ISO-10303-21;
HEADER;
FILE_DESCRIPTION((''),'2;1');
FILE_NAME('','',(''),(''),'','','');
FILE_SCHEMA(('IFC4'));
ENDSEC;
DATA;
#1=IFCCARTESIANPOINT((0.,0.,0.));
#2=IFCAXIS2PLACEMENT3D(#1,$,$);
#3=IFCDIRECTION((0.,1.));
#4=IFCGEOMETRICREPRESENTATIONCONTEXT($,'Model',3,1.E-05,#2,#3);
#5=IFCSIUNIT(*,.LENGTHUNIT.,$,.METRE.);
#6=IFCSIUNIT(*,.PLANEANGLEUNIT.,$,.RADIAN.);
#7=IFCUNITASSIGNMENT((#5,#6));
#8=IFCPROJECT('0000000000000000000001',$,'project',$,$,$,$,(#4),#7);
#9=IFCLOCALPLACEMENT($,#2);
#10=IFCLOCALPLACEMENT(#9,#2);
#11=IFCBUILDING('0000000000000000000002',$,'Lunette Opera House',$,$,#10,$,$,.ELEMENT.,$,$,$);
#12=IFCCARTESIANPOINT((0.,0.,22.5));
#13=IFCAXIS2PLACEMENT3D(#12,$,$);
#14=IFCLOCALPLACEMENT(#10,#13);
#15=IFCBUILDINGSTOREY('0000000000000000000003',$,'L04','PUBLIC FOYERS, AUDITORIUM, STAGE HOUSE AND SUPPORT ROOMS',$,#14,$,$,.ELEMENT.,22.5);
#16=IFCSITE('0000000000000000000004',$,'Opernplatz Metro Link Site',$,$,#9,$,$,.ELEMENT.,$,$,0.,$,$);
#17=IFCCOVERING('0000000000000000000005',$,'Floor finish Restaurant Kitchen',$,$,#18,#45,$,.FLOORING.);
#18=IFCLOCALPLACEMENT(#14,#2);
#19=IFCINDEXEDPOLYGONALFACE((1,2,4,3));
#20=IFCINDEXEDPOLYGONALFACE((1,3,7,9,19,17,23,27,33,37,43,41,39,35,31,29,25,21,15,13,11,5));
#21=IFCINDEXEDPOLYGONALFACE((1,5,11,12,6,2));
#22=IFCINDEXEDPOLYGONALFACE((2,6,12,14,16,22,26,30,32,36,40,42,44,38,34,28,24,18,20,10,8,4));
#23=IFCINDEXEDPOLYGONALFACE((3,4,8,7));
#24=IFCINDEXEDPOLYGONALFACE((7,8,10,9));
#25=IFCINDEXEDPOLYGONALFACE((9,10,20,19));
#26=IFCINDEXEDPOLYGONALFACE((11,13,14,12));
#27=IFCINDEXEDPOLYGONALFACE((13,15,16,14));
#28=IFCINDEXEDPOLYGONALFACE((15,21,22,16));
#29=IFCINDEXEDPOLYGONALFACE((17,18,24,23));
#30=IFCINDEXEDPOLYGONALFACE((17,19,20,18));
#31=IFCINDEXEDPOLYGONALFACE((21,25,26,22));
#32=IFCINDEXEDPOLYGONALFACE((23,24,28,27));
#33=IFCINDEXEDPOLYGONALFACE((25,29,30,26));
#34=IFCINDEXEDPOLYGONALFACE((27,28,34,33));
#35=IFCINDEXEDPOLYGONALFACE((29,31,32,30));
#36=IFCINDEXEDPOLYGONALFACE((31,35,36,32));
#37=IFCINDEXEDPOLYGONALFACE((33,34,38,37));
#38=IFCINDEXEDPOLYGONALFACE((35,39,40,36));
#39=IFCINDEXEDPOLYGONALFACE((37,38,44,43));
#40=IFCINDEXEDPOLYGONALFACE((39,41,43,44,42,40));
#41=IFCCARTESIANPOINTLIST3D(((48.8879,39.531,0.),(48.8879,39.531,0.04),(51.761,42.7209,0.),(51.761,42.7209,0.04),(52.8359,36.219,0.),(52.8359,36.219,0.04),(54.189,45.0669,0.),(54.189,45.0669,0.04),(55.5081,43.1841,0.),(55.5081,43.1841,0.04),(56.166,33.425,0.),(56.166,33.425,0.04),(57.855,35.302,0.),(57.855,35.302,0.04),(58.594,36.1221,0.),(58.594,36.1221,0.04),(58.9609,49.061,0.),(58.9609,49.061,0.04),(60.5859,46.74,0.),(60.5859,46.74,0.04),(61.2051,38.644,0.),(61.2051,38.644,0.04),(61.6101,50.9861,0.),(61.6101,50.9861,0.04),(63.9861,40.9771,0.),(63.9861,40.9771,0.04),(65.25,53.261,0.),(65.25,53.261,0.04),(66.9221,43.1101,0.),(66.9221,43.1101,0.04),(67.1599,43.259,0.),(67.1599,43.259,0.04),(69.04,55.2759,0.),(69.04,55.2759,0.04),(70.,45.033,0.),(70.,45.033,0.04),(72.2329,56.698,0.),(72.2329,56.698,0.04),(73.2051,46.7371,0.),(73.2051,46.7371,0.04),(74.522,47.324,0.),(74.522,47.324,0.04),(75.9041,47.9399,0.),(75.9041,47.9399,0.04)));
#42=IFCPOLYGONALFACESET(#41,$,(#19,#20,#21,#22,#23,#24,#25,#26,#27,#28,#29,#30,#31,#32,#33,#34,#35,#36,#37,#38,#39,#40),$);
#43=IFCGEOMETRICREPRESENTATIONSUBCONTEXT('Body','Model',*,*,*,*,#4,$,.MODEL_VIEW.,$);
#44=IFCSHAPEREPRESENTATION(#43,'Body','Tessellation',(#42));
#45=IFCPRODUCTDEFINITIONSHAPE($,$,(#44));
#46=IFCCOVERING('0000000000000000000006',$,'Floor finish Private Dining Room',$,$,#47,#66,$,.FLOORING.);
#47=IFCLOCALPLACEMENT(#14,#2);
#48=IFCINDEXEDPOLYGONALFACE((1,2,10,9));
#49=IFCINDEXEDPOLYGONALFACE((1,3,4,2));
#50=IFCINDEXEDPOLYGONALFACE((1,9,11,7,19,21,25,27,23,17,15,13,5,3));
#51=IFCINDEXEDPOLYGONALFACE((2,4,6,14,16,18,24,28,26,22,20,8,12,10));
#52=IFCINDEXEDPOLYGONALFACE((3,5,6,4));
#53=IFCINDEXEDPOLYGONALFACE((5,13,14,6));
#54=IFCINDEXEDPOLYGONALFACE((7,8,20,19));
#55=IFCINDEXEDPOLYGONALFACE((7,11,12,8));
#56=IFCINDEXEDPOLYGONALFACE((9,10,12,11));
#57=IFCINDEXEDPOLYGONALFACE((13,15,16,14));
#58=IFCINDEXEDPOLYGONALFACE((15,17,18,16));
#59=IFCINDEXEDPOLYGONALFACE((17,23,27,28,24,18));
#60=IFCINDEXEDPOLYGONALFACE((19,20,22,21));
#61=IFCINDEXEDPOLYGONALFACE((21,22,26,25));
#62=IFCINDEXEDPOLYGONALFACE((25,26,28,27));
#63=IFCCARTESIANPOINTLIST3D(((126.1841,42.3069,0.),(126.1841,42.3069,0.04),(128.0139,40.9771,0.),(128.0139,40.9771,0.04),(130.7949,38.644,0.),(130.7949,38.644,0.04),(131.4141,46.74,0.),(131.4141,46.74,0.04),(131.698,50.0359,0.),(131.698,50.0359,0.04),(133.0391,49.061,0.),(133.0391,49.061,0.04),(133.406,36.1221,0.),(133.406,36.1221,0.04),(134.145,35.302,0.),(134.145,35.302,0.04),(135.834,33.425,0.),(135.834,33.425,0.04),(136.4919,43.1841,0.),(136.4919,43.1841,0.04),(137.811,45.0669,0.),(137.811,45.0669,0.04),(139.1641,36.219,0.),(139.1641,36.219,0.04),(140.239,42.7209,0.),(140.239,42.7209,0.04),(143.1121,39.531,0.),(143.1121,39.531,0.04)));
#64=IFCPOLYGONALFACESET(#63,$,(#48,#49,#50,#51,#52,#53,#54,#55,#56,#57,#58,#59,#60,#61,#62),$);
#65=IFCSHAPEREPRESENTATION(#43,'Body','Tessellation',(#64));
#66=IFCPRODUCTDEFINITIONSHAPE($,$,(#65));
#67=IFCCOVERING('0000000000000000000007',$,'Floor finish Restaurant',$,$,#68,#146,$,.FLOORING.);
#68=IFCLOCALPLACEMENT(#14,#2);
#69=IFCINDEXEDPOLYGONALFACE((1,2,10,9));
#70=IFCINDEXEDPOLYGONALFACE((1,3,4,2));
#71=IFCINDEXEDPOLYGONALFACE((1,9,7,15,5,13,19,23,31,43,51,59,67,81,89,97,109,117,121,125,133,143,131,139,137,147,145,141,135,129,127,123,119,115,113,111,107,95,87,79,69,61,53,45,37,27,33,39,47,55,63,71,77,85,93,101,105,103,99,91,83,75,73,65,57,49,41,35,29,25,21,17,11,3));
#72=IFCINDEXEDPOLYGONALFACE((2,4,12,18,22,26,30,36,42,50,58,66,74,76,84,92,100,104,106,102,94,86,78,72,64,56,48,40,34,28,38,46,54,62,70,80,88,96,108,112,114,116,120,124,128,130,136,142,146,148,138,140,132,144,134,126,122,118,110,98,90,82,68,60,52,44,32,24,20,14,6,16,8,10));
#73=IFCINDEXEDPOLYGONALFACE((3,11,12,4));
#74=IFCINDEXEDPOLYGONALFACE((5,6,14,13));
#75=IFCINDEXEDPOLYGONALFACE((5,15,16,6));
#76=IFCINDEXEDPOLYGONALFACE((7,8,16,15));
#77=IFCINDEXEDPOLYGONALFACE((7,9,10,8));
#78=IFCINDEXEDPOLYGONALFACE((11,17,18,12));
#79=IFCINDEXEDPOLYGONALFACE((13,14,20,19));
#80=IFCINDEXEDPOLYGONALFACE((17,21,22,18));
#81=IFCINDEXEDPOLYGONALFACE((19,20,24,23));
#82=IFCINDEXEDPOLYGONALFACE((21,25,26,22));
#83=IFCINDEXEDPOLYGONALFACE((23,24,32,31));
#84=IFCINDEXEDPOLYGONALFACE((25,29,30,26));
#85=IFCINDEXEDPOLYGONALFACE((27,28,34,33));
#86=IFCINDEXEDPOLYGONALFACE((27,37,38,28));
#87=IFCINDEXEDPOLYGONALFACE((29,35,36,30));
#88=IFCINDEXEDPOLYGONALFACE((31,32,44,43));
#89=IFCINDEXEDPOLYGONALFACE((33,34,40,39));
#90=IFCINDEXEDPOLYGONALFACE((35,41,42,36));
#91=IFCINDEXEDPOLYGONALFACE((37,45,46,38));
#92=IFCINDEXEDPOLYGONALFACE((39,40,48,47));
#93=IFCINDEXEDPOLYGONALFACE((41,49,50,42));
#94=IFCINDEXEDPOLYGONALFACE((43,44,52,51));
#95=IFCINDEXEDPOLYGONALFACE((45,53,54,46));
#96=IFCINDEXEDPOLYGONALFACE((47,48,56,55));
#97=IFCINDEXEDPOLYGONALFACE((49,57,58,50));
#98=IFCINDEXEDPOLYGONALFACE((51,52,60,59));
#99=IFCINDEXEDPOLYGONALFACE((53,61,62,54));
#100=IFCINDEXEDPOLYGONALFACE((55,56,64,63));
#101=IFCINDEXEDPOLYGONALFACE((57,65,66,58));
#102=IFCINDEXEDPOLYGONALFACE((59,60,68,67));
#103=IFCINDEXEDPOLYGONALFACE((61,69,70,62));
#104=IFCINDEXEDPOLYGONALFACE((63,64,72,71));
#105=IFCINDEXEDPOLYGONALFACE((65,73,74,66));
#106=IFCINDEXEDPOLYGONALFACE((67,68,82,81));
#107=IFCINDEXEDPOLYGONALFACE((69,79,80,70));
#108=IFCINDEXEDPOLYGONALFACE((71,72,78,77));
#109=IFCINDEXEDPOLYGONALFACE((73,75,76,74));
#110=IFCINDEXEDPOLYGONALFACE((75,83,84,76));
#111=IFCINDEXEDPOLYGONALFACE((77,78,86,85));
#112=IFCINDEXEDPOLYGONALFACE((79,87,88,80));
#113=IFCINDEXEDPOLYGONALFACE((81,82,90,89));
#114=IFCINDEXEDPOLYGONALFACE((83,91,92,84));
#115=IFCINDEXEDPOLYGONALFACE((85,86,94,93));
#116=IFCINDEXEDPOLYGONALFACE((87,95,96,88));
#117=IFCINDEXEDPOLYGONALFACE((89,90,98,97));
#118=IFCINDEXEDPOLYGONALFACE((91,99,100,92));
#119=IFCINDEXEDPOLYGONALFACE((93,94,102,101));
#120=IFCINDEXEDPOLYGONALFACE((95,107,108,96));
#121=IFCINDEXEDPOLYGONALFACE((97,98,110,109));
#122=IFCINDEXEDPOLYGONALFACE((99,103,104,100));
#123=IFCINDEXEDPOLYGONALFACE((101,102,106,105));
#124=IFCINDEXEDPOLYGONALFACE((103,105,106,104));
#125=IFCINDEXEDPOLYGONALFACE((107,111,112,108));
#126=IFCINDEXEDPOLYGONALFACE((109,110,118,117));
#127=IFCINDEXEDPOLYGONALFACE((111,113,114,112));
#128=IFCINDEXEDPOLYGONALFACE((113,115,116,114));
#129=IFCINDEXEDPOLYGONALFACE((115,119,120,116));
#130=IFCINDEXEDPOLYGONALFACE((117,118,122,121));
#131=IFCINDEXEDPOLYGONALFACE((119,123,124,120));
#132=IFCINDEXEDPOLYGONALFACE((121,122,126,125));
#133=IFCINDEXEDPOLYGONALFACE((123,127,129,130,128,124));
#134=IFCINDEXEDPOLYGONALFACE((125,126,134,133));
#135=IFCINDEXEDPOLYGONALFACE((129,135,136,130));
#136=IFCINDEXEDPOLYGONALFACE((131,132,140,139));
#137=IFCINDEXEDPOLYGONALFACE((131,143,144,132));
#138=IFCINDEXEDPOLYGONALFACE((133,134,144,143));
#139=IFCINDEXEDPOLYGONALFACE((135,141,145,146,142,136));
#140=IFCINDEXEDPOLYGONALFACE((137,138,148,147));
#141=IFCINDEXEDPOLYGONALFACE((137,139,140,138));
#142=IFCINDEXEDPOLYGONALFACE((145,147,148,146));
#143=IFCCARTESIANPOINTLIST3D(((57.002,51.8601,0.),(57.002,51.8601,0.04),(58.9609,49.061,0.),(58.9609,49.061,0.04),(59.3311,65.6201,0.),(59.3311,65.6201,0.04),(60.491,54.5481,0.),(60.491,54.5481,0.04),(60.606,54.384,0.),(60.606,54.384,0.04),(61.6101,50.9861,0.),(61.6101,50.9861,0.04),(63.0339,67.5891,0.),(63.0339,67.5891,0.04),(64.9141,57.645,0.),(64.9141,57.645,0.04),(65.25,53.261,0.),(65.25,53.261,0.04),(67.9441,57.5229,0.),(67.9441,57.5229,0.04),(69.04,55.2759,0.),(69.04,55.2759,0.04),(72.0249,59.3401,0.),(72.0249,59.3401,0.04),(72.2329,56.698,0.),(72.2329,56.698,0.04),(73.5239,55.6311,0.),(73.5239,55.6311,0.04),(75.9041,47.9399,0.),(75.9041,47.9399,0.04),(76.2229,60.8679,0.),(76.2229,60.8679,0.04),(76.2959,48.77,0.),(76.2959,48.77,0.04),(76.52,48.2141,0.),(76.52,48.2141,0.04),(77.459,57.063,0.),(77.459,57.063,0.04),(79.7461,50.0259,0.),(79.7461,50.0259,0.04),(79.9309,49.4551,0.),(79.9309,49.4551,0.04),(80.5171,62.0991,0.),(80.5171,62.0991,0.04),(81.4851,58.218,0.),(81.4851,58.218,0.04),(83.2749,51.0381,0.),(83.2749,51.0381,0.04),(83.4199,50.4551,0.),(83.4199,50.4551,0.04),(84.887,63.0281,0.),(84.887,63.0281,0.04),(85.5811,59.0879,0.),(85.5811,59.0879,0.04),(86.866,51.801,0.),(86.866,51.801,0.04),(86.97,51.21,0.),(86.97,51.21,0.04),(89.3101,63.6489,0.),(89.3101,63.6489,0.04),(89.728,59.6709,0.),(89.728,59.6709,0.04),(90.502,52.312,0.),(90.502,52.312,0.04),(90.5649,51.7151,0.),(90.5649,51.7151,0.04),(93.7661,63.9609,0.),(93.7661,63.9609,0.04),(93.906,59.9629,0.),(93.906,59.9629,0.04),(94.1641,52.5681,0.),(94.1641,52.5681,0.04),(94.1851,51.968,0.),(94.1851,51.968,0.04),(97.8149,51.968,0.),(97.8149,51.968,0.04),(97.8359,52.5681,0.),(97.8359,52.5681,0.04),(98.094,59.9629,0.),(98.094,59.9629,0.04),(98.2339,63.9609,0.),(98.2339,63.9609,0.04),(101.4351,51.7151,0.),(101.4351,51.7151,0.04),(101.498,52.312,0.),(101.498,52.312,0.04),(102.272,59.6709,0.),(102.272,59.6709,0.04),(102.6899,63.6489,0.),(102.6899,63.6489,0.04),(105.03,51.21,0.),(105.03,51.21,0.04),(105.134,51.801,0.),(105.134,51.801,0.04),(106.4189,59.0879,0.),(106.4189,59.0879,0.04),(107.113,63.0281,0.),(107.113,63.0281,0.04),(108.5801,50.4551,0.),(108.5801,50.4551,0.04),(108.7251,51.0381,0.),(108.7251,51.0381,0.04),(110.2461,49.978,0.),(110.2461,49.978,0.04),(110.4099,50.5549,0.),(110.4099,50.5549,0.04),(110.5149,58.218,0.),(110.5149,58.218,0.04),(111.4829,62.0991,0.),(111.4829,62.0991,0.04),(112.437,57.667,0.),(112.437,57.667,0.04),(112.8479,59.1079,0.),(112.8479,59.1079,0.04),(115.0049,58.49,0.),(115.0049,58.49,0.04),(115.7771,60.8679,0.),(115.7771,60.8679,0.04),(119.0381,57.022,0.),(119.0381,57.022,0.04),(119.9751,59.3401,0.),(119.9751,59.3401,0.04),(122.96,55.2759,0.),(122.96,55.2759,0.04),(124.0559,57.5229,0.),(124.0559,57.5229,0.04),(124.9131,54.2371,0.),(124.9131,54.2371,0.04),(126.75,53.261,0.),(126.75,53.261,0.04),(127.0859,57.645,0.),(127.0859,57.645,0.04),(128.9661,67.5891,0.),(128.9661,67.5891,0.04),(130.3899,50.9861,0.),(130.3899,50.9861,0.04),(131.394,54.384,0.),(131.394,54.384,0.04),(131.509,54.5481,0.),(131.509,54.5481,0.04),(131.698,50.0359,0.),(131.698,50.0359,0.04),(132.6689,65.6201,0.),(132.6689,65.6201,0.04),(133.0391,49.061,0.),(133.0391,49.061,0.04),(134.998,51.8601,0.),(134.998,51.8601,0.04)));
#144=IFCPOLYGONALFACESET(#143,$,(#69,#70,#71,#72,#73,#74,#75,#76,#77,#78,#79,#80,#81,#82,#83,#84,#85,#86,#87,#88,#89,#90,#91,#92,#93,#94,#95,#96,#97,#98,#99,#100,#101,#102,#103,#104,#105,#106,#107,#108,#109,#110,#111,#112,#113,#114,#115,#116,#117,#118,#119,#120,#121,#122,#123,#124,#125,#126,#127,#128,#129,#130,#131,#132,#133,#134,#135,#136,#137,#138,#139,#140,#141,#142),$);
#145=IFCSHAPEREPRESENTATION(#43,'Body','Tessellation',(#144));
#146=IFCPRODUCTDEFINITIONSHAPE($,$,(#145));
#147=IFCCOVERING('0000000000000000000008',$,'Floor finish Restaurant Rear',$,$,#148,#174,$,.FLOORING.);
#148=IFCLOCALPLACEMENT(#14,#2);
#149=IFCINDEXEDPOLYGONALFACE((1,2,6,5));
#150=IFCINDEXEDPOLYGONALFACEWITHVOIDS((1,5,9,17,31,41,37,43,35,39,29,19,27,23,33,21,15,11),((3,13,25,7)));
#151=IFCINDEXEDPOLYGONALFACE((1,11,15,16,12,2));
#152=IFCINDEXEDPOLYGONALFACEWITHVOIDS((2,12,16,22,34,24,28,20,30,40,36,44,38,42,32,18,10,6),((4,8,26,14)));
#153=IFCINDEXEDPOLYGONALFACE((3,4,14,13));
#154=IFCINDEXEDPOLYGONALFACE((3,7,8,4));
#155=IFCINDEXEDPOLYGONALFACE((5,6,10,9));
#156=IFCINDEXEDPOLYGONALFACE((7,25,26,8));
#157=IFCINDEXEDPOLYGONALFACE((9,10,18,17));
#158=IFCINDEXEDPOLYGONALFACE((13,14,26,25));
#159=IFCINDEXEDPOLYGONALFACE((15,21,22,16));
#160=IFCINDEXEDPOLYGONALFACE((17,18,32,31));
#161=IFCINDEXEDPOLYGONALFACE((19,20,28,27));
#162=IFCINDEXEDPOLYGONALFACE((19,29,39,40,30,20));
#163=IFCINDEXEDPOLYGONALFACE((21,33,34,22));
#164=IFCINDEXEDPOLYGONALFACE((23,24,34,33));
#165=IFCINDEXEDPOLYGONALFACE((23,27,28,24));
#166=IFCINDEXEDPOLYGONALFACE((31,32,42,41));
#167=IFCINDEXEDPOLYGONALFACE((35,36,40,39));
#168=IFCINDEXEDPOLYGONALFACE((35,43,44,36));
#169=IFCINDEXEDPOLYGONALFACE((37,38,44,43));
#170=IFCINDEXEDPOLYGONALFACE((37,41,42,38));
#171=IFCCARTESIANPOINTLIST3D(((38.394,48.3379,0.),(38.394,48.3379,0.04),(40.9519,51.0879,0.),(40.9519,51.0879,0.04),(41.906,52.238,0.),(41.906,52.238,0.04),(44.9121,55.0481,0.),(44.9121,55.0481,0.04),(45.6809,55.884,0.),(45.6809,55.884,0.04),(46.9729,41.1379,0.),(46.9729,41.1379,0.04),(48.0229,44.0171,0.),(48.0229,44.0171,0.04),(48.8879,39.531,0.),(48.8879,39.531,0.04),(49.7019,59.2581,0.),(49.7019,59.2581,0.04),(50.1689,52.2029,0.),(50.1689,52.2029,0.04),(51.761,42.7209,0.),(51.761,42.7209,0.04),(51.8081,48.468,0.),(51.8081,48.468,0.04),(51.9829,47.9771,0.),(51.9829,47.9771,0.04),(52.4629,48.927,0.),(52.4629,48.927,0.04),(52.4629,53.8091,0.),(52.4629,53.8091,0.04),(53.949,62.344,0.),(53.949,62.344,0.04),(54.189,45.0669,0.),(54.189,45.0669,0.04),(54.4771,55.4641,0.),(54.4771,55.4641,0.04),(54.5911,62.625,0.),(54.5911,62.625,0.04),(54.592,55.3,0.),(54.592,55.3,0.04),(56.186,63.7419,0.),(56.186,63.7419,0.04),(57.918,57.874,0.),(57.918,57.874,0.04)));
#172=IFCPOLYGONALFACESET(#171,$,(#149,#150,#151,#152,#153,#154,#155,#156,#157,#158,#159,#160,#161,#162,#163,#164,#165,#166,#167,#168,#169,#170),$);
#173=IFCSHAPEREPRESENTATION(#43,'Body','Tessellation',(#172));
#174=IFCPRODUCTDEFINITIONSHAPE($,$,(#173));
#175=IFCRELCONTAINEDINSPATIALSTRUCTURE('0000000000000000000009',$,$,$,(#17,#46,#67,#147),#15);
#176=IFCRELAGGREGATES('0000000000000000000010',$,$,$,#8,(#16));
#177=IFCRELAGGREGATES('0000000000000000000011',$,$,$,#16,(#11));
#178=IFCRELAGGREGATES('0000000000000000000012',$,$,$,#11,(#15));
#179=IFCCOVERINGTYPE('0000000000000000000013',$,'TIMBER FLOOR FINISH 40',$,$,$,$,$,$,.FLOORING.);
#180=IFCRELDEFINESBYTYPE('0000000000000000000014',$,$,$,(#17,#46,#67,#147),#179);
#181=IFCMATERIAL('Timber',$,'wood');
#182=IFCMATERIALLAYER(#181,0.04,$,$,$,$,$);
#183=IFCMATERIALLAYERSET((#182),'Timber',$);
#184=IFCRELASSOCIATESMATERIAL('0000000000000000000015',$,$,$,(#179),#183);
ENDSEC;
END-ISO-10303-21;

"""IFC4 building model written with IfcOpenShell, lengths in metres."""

from ifc_helpers import new_model, si_unit, direction, frame, origin, place, context, subcontext, project, spatial, polyline, outline, extrude, material, layer, layer_set, type_object, element, save


model = new_model("IFC4")

# Units and contexts
model_context = context("Model", 3, precision=1e-05, world=origin(), true_north=direction((0.0, 1.0)))
body_context = subcontext(model_context, "Body", "Model", "MODEL_VIEW")
ifc_project = project(units=[si_unit("LENGTHUNIT", "METRE"), si_unit("PLANEANGLEUNIT", "RADIAN")], contexts=[model_context])

# Site, building, storey
site_placement = place(None, origin())
site = spatial("IfcSite", under=ifc_project, at=site_placement, Name="Opernplatz Metro Link Site", CompositionType="ELEMENT", RefElevation=0.0)
building_placement = place(site_placement, origin())
building = spatial("IfcBuilding", under=site, at=building_placement, Name="Lunette Opera House", CompositionType="ELEMENT")
storey_placement = place(building_placement, frame((0.0, 0.0, 22.5)))
storey = spatial("IfcBuildingStorey", under=building, at=storey_placement, Name="L04", Description="PUBLIC FOYERS, AUDITORIUM, STAGE HOUSE AND SUPPORT ROOMS", CompositionType="ELEMENT", Elevation=22.5)

# Coverings
ifc_material_1 = material(Name="Timber", Category="wood")
ifc_layer_1 = layer(ifc_material_1, 0.04)
ifc_layer_set_1 = layer_set([ifc_layer_1], Name="Timber")
covering_type_1 = type_object("IfcCoveringType", Name="TIMBER FLOOR FINISH 40", PredefinedType="FLOORING", material=ifc_layer_set_1)
covering_1_placement = place(storey_placement, origin())
element("IfcCovering", 1, at=covering_1_placement, inside=storey, type_object=covering_type_1, Name="Floor finish Restaurant Kitchen", PredefinedType="FLOORING", context=body_context, shape_type="SweptSolid", body=[
    extrude(outline(polyline([(73.2051, 46.7371), (70.0, 45.033), (67.1599, 43.259), (66.9221, 43.1101), (63.9861, 40.9771), (61.2051, 38.644), (58.594, 36.1221), (57.855, 35.302), (56.166, 33.425), (52.8359, 36.219), (48.8879, 39.531), (51.761, 42.7209), (54.189, 45.0669), (55.5081, 43.1841), (60.5859, 46.74), (58.9609, 49.061), (61.6101, 50.9861), (65.25, 53.261), (69.04, 55.2759), (72.2329, 56.698), (75.9041, 47.9399), (74.522, 47.324), (73.2051, 46.7371)])), origin(), (0.0, 0.0, 1.0), 0.04),
])
covering_2_placement = place(storey_placement, origin())
element("IfcCovering", 2, at=covering_2_placement, inside=storey, type_object=covering_type_1, Name="Floor finish Private Dining Room", PredefinedType="FLOORING", context=body_context, shape_type="SweptSolid", body=[
    extrude(outline(polyline([(133.406, 36.1221), (130.7949, 38.644), (128.0139, 40.9771), (126.1841, 42.3069), (131.698, 50.0359), (133.0391, 49.061), (131.4141, 46.74), (136.4919, 43.1841), (137.811, 45.0669), (140.239, 42.7209), (143.1121, 39.531), (139.1641, 36.219), (135.834, 33.425), (134.145, 35.302), (133.406, 36.1221)])), origin(), (0.0, 0.0, 1.0), 0.04),
])
covering_3_placement = place(storey_placement, origin())
element("IfcCovering", 3, at=covering_3_placement, inside=storey, type_object=covering_type_1, Name="Floor finish Restaurant", PredefinedType="FLOORING", context=body_context, shape_type="SweptSolid", body=[
    extrude(outline(polyline([(111.4829, 62.0991), (115.7771, 60.8679), (119.9751, 59.3401), (124.0559, 57.5229), (128.9661, 67.5891), (132.6689, 65.6201), (127.0859, 57.645), (131.509, 54.5481), (131.394, 54.384), (134.998, 51.8601), (133.0391, 49.061), (131.698, 50.0359), (130.3899, 50.9861), (126.75, 53.261), (124.9131, 54.2371), (122.96, 55.2759), (119.0381, 57.022), (115.0049, 58.49), (112.8479, 59.1079), (112.437, 57.667), (110.5149, 58.218), (106.4189, 59.0879), (102.272, 59.6709), (98.094, 59.9629), (93.906, 59.9629), (89.728, 59.6709), (85.5811, 59.0879), (81.4851, 58.218), (77.459, 57.063), (73.5239, 55.6311), (76.2959, 48.77), (79.7461, 50.0259), (83.2749, 51.0381), (86.866, 51.801), (90.502, 52.312), (94.1641, 52.5681), (97.8359, 52.5681), (101.498, 52.312), (105.134, 51.801), (108.7251, 51.0381), (110.4099, 50.5549), (110.2461, 49.978), (108.5801, 50.4551), (105.03, 51.21), (101.4351, 51.7151), (97.8149, 51.968), (94.1851, 51.968), (90.5649, 51.7151), (86.97, 51.21), (83.4199, 50.4551), (79.9309, 49.4551), (76.52, 48.2141), (75.9041, 47.9399), (72.2329, 56.698), (69.04, 55.2759), (65.25, 53.261), (61.6101, 50.9861), (58.9609, 49.061), (57.002, 51.8601), (60.606, 54.384), (60.491, 54.5481), (64.9141, 57.645), (59.3311, 65.6201), (63.0339, 67.5891), (67.9441, 57.5229), (72.0249, 59.3401), (76.2229, 60.8679), (80.5171, 62.0991), (84.887, 63.0281), (89.3101, 63.6489), (93.7661, 63.9609), (98.2339, 63.9609), (102.6899, 63.6489), (107.113, 63.0281), (111.4829, 62.0991)])), origin(), (0.0, 0.0, 1.0), 0.04),
])
covering_4_placement = place(storey_placement, origin())
element("IfcCovering", 4, at=covering_4_placement, inside=storey, type_object=covering_type_1, Name="Floor finish Restaurant Rear", PredefinedType="FLOORING", context=body_context, shape_type="SweptSolid", body=[
    extrude(outline(polyline([(51.8081, 48.468), (54.189, 45.0669), (51.761, 42.7209), (48.8879, 39.531), (46.9729, 41.1379), (38.394, 48.3379), (41.906, 52.238), (45.6809, 55.884), (49.7019, 59.2581), (53.949, 62.344), (56.186, 63.7419), (54.5911, 62.625), (57.918, 57.874), (54.4771, 55.4641), (54.592, 55.3), (52.4629, 53.8091), (50.1689, 52.2029), (52.4629, 48.927), (51.8081, 48.468)]), holes=[polyline([(51.9829, 47.9771), (44.9121, 55.0481), (40.9519, 51.0879), (48.0229, 44.0171), (51.9829, 47.9771)])]), origin(), (0.0, 0.0, 1.0), 0.04),
])

save(model, "model.ifc")
